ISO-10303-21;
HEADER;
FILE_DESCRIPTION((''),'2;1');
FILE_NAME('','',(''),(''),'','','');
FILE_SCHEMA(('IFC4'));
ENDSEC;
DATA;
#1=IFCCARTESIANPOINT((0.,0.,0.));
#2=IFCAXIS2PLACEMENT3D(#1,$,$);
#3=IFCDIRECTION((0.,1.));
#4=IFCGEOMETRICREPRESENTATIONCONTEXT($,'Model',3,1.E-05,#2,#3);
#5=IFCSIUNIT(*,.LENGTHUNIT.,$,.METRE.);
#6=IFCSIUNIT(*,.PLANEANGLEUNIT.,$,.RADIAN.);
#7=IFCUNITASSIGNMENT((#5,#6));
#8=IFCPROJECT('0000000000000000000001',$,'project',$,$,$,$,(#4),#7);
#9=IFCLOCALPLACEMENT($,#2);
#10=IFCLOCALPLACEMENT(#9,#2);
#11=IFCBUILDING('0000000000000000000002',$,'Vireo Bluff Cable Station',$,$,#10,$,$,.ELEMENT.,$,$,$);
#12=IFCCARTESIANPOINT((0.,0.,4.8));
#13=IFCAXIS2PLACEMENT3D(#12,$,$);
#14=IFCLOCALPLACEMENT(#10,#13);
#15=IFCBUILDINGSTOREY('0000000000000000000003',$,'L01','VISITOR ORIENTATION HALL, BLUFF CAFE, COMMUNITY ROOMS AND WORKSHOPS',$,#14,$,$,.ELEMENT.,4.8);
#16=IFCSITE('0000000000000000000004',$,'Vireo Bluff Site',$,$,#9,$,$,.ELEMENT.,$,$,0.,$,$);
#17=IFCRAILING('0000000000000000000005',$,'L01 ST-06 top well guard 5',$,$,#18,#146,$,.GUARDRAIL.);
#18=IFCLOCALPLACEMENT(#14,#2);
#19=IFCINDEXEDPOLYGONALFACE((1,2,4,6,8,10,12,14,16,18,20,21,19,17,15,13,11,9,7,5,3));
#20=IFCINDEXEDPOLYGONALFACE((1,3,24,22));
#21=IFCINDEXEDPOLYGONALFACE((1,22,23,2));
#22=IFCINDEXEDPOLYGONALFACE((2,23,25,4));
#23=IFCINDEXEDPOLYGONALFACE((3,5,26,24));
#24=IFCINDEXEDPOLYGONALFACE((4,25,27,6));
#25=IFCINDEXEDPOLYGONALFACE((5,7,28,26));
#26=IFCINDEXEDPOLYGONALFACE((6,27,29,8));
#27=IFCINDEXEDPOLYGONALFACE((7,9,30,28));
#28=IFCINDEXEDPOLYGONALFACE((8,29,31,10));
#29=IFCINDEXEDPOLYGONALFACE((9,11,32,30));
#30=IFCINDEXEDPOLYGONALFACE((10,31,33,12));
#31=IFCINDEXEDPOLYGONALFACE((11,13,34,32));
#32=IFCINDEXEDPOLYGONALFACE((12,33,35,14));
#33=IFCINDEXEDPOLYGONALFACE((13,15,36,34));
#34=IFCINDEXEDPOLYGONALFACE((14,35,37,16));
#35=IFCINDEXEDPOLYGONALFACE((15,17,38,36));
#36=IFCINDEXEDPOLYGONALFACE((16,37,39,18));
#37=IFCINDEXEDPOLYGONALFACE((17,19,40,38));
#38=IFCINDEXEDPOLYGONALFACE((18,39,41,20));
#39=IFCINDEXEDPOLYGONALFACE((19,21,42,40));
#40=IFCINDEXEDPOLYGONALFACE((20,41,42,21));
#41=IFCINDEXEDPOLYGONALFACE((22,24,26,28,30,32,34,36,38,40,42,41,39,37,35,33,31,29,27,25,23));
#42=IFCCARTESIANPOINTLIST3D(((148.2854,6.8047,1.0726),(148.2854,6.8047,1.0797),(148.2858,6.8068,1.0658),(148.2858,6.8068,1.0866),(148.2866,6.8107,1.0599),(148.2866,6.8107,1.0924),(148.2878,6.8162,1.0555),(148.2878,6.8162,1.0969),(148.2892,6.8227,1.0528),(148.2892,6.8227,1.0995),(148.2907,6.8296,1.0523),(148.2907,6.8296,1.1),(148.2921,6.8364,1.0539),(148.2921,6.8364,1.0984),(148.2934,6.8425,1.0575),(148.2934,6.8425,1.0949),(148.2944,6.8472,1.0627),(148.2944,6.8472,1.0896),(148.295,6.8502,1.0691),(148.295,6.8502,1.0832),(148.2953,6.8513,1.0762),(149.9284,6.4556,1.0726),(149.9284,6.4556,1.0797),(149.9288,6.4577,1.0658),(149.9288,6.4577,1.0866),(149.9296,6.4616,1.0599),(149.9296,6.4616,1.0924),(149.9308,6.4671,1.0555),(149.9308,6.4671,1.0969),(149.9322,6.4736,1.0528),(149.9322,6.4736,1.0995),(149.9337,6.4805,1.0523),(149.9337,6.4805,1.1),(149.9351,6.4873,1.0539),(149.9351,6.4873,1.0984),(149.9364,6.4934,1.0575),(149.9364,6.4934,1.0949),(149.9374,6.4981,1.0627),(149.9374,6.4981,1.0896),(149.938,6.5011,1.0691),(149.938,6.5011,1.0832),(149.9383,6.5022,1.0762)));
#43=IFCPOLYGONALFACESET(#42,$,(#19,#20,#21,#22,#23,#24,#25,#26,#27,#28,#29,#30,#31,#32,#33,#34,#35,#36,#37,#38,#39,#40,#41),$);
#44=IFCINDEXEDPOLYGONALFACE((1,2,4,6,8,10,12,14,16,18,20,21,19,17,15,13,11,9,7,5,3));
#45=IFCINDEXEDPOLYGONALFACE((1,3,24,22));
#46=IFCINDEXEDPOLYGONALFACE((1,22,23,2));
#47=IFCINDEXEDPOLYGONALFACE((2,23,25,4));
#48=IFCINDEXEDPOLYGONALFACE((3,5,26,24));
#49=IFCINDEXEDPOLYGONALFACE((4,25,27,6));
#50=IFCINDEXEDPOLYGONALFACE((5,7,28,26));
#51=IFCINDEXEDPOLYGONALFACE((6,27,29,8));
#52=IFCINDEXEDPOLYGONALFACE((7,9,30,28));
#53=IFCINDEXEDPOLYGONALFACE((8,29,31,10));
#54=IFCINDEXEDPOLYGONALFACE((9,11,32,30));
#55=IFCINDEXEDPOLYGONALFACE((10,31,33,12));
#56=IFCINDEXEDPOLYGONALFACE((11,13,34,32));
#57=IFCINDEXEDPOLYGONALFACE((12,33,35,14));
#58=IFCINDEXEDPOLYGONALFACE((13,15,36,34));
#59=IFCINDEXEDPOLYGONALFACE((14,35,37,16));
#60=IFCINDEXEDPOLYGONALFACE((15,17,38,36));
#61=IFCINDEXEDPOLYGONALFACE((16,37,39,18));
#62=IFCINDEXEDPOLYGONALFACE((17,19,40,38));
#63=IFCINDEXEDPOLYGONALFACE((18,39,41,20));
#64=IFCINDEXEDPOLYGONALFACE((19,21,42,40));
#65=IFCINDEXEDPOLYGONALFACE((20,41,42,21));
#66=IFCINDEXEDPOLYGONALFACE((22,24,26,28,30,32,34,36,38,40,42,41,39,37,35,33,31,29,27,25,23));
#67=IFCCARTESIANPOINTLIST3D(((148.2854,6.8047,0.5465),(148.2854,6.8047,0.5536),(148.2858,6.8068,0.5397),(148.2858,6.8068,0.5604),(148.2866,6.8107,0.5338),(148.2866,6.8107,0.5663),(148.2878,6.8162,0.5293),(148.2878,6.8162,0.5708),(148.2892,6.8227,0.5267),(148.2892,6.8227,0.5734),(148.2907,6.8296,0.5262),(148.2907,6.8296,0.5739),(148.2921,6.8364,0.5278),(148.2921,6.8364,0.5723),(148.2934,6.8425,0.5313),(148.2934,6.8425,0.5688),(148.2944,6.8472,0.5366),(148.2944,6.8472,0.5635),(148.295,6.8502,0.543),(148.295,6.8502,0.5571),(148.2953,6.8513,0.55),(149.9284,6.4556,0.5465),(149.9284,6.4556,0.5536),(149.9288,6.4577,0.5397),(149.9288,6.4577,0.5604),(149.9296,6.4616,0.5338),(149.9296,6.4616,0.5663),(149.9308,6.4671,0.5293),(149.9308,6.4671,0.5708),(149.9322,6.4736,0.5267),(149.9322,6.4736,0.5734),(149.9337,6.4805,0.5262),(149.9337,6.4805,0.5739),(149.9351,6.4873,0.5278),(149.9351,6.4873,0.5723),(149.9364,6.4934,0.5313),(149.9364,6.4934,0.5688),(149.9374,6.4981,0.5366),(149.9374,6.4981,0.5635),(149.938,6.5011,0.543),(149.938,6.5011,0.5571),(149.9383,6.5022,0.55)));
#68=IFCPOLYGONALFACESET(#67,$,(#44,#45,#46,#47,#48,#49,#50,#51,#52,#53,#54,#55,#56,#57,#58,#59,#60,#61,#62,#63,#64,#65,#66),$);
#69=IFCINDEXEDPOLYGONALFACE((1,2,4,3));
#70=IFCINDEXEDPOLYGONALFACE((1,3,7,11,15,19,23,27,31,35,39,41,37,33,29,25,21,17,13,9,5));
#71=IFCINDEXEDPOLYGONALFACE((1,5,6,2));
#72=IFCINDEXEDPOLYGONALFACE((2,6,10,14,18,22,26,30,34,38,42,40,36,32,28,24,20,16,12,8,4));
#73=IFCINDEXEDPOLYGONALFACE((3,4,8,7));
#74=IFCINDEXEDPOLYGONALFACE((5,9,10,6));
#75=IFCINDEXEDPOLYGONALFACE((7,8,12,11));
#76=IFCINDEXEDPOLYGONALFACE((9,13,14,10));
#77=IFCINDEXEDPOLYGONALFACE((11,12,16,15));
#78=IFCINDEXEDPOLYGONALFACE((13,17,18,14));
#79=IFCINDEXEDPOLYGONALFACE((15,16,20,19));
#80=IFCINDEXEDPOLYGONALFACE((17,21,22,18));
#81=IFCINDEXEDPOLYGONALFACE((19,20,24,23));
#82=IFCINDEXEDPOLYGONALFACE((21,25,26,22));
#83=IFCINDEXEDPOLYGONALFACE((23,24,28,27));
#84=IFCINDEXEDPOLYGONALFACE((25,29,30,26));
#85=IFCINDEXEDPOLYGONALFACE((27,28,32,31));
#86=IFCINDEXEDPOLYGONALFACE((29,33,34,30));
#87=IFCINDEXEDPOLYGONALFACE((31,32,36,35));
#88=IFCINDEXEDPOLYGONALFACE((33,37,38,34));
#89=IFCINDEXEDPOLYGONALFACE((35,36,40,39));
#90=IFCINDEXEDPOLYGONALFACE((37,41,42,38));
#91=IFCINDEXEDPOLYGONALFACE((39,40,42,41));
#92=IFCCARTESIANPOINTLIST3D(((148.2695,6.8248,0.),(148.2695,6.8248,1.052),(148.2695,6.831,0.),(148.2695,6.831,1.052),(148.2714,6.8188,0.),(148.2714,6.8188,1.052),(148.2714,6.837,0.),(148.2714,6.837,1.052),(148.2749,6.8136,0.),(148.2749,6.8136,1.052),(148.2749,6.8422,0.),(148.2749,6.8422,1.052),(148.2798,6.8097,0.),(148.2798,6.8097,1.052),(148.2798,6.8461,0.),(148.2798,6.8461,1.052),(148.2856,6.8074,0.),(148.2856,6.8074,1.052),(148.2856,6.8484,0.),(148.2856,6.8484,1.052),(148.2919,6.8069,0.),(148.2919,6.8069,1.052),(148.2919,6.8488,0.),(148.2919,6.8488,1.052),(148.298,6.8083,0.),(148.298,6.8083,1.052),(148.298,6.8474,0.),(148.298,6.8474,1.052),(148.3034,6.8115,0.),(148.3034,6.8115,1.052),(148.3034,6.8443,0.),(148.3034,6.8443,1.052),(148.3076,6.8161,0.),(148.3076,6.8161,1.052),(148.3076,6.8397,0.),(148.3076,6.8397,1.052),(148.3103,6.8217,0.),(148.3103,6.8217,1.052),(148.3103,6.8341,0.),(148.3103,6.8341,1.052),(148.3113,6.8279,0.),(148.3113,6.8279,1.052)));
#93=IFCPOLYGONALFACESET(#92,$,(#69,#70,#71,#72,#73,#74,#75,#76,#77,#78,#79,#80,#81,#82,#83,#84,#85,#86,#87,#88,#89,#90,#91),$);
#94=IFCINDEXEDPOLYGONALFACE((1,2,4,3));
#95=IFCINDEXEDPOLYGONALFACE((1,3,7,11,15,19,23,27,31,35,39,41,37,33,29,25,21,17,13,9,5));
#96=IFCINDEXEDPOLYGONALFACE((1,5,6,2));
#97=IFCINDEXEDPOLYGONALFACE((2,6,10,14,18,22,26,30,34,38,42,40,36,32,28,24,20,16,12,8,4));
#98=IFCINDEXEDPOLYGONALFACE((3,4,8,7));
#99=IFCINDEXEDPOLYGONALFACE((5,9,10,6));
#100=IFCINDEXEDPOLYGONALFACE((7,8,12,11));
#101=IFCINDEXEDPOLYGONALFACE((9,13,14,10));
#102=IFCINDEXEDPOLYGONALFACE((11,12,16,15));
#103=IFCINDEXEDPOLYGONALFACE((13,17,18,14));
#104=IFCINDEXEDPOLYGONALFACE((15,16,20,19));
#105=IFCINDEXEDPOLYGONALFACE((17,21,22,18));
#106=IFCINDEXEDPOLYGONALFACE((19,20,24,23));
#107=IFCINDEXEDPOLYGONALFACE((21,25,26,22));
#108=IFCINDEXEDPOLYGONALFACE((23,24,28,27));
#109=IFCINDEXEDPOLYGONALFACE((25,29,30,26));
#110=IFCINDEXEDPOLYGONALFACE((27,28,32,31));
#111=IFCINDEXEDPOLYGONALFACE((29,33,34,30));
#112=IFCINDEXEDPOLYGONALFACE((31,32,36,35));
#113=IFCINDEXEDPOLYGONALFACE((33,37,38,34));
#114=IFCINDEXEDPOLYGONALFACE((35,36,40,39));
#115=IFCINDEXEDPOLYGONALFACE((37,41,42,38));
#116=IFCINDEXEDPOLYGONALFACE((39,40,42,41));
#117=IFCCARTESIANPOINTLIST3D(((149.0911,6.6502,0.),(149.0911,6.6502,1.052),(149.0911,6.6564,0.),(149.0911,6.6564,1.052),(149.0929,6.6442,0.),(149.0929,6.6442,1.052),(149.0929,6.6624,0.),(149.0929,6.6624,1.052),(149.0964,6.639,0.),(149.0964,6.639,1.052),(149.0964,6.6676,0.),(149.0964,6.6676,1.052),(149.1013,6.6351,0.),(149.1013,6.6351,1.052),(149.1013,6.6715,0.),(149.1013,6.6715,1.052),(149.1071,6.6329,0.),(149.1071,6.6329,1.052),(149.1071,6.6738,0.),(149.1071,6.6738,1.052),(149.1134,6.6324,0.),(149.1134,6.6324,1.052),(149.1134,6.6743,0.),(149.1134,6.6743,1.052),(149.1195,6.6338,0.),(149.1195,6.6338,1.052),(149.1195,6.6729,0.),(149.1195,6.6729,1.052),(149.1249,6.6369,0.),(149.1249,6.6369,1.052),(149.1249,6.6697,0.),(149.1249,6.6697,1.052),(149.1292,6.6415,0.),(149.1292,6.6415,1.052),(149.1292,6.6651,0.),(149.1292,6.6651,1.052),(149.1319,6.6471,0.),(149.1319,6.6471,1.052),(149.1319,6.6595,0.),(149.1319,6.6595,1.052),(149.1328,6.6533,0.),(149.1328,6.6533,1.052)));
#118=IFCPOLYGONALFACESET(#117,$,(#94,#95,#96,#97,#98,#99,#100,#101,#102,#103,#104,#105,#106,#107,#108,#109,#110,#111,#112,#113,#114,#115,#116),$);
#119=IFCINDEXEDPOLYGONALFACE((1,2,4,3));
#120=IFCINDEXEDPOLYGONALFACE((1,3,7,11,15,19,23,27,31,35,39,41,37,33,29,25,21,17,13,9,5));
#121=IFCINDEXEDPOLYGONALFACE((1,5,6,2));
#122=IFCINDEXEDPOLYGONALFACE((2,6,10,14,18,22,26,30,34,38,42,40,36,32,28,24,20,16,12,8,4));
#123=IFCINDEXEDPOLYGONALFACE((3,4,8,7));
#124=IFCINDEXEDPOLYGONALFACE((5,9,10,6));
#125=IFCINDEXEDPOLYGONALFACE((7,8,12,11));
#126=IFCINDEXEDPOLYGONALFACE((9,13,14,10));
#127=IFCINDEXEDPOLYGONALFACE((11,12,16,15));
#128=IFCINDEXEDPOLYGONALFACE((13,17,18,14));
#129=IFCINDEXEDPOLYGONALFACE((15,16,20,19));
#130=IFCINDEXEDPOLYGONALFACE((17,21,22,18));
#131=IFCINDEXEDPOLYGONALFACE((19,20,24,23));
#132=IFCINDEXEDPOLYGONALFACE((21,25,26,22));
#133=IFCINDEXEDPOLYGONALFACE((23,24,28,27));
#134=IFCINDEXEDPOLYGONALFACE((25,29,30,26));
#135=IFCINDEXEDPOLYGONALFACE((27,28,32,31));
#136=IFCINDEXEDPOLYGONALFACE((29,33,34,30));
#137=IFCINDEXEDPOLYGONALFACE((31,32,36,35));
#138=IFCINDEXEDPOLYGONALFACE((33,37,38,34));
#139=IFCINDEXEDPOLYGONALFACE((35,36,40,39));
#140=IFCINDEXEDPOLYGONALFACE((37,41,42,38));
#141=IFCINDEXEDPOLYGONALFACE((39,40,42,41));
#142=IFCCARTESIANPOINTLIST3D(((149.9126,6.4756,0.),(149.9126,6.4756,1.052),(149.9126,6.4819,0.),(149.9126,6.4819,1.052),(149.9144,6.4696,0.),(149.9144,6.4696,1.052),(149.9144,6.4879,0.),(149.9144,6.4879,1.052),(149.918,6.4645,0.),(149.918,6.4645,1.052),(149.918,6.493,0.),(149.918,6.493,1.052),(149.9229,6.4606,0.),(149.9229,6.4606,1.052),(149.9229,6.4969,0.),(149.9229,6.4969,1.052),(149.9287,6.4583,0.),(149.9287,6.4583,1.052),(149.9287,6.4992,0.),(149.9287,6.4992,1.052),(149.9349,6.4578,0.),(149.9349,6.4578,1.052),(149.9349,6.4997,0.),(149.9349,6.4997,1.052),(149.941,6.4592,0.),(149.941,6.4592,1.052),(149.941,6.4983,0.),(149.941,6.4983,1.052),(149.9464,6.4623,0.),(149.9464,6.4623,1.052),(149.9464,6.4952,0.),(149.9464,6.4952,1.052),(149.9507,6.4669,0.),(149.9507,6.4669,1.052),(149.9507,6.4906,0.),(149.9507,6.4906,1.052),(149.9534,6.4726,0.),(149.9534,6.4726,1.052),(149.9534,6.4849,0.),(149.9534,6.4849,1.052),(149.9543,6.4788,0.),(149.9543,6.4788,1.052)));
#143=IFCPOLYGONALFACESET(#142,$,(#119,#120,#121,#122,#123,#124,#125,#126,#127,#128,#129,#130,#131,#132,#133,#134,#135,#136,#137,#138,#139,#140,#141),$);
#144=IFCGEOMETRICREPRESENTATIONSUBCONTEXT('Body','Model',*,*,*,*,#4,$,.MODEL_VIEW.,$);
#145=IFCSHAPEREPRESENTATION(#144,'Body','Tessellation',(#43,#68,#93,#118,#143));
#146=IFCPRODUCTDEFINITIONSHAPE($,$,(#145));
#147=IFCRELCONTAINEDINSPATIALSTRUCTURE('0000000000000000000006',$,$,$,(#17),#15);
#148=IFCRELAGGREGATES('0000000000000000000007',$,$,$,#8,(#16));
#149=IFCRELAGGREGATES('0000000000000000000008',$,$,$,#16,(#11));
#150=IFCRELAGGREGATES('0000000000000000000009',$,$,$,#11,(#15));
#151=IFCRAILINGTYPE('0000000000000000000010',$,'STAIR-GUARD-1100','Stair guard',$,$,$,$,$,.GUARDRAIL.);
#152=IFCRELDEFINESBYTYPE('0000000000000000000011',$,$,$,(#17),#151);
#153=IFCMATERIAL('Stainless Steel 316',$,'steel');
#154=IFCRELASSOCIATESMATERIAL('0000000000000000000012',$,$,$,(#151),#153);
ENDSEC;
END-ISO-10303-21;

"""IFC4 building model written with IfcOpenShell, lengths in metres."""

from ifc_helpers import new_model, si_unit, direction, frame, origin, origin_2d, place, context, subcontext, project, spatial, circle, extrude, material, type_object, element, save


model = new_model("IFC4")

# Units and contexts
model_context = context("Model", 3, precision=1e-05, world=origin(), true_north=direction((0.0, 1.0)))
body_context = subcontext(model_context, "Body", "Model", "MODEL_VIEW")
ifc_project = project(units=[si_unit("LENGTHUNIT", "METRE"), si_unit("PLANEANGLEUNIT", "RADIAN")], contexts=[model_context])

# Site, building, storey
site_placement = place(None, origin())
site = spatial("IfcSite", under=ifc_project, at=site_placement, Name="Vireo Bluff Site", CompositionType="ELEMENT", RefElevation=0.0)
building_placement = place(site_placement, origin())
building = spatial("IfcBuilding", under=site, at=building_placement, Name="Vireo Bluff Cable Station", CompositionType="ELEMENT")
storey_placement = place(building_placement, frame((0.0, 0.0, 4.8)))
storey = spatial("IfcBuildingStorey", under=building, at=storey_placement, Name="L01", Description="VISITOR ORIENTATION HALL, BLUFF CAFE, COMMUNITY ROOMS AND WORKSHOPS", CompositionType="ELEMENT", Elevation=4.8)

# Railing
ifc_material_1 = material(Name="Stainless Steel 316", Category="steel")
railing_type = type_object("IfcRailingType", Name="STAIR-GUARD-1100", Description="Stair guard", PredefinedType="GUARDRAIL", material=ifc_material_1)
railing_1_placement = place(storey_placement, frame((148.2903, 6.8279, 0.0)))
element("IfcRailing", 1, at=railing_1_placement, inside=storey, type_object=railing_type, Name="L01 ST-06 top well guard 5", PredefinedType="GUARDRAIL", context=body_context, shape_type="SweptSolid", body=[
    extrude(circle(Radius=0.0239, at=origin_2d()), frame((0.0, 0.0, 1.0762), z_axis=(0.978163, -0.207841, 0.0), x_axis=(0.207841, 0.978163, 0.0)), (0.0, 0.0, 1.0), 1.6797),
    extrude(circle(Radius=0.0239, at=origin_2d()), frame((0.0, 0.0, 0.55), z_axis=(0.978163, -0.207841, 0.0), x_axis=(0.207841, 0.978163, 0.0)), (0.0, 0.0, 1.0), 1.6797),
    extrude(circle(Radius=0.021, at=origin_2d()), origin(), (0.0, 0.0, 1.0), 1.052),
    extrude(circle(Radius=0.021, at=origin_2d()), frame((0.8215, -0.1746, 0.0)), (0.0, 0.0, 1.0), 1.052),
    extrude(circle(Radius=0.021, at=origin_2d()), frame((1.6431, -0.3491, 0.0)), (0.0, 0.0, 1.0), 1.052),
])

save(model, "model.ifc")
